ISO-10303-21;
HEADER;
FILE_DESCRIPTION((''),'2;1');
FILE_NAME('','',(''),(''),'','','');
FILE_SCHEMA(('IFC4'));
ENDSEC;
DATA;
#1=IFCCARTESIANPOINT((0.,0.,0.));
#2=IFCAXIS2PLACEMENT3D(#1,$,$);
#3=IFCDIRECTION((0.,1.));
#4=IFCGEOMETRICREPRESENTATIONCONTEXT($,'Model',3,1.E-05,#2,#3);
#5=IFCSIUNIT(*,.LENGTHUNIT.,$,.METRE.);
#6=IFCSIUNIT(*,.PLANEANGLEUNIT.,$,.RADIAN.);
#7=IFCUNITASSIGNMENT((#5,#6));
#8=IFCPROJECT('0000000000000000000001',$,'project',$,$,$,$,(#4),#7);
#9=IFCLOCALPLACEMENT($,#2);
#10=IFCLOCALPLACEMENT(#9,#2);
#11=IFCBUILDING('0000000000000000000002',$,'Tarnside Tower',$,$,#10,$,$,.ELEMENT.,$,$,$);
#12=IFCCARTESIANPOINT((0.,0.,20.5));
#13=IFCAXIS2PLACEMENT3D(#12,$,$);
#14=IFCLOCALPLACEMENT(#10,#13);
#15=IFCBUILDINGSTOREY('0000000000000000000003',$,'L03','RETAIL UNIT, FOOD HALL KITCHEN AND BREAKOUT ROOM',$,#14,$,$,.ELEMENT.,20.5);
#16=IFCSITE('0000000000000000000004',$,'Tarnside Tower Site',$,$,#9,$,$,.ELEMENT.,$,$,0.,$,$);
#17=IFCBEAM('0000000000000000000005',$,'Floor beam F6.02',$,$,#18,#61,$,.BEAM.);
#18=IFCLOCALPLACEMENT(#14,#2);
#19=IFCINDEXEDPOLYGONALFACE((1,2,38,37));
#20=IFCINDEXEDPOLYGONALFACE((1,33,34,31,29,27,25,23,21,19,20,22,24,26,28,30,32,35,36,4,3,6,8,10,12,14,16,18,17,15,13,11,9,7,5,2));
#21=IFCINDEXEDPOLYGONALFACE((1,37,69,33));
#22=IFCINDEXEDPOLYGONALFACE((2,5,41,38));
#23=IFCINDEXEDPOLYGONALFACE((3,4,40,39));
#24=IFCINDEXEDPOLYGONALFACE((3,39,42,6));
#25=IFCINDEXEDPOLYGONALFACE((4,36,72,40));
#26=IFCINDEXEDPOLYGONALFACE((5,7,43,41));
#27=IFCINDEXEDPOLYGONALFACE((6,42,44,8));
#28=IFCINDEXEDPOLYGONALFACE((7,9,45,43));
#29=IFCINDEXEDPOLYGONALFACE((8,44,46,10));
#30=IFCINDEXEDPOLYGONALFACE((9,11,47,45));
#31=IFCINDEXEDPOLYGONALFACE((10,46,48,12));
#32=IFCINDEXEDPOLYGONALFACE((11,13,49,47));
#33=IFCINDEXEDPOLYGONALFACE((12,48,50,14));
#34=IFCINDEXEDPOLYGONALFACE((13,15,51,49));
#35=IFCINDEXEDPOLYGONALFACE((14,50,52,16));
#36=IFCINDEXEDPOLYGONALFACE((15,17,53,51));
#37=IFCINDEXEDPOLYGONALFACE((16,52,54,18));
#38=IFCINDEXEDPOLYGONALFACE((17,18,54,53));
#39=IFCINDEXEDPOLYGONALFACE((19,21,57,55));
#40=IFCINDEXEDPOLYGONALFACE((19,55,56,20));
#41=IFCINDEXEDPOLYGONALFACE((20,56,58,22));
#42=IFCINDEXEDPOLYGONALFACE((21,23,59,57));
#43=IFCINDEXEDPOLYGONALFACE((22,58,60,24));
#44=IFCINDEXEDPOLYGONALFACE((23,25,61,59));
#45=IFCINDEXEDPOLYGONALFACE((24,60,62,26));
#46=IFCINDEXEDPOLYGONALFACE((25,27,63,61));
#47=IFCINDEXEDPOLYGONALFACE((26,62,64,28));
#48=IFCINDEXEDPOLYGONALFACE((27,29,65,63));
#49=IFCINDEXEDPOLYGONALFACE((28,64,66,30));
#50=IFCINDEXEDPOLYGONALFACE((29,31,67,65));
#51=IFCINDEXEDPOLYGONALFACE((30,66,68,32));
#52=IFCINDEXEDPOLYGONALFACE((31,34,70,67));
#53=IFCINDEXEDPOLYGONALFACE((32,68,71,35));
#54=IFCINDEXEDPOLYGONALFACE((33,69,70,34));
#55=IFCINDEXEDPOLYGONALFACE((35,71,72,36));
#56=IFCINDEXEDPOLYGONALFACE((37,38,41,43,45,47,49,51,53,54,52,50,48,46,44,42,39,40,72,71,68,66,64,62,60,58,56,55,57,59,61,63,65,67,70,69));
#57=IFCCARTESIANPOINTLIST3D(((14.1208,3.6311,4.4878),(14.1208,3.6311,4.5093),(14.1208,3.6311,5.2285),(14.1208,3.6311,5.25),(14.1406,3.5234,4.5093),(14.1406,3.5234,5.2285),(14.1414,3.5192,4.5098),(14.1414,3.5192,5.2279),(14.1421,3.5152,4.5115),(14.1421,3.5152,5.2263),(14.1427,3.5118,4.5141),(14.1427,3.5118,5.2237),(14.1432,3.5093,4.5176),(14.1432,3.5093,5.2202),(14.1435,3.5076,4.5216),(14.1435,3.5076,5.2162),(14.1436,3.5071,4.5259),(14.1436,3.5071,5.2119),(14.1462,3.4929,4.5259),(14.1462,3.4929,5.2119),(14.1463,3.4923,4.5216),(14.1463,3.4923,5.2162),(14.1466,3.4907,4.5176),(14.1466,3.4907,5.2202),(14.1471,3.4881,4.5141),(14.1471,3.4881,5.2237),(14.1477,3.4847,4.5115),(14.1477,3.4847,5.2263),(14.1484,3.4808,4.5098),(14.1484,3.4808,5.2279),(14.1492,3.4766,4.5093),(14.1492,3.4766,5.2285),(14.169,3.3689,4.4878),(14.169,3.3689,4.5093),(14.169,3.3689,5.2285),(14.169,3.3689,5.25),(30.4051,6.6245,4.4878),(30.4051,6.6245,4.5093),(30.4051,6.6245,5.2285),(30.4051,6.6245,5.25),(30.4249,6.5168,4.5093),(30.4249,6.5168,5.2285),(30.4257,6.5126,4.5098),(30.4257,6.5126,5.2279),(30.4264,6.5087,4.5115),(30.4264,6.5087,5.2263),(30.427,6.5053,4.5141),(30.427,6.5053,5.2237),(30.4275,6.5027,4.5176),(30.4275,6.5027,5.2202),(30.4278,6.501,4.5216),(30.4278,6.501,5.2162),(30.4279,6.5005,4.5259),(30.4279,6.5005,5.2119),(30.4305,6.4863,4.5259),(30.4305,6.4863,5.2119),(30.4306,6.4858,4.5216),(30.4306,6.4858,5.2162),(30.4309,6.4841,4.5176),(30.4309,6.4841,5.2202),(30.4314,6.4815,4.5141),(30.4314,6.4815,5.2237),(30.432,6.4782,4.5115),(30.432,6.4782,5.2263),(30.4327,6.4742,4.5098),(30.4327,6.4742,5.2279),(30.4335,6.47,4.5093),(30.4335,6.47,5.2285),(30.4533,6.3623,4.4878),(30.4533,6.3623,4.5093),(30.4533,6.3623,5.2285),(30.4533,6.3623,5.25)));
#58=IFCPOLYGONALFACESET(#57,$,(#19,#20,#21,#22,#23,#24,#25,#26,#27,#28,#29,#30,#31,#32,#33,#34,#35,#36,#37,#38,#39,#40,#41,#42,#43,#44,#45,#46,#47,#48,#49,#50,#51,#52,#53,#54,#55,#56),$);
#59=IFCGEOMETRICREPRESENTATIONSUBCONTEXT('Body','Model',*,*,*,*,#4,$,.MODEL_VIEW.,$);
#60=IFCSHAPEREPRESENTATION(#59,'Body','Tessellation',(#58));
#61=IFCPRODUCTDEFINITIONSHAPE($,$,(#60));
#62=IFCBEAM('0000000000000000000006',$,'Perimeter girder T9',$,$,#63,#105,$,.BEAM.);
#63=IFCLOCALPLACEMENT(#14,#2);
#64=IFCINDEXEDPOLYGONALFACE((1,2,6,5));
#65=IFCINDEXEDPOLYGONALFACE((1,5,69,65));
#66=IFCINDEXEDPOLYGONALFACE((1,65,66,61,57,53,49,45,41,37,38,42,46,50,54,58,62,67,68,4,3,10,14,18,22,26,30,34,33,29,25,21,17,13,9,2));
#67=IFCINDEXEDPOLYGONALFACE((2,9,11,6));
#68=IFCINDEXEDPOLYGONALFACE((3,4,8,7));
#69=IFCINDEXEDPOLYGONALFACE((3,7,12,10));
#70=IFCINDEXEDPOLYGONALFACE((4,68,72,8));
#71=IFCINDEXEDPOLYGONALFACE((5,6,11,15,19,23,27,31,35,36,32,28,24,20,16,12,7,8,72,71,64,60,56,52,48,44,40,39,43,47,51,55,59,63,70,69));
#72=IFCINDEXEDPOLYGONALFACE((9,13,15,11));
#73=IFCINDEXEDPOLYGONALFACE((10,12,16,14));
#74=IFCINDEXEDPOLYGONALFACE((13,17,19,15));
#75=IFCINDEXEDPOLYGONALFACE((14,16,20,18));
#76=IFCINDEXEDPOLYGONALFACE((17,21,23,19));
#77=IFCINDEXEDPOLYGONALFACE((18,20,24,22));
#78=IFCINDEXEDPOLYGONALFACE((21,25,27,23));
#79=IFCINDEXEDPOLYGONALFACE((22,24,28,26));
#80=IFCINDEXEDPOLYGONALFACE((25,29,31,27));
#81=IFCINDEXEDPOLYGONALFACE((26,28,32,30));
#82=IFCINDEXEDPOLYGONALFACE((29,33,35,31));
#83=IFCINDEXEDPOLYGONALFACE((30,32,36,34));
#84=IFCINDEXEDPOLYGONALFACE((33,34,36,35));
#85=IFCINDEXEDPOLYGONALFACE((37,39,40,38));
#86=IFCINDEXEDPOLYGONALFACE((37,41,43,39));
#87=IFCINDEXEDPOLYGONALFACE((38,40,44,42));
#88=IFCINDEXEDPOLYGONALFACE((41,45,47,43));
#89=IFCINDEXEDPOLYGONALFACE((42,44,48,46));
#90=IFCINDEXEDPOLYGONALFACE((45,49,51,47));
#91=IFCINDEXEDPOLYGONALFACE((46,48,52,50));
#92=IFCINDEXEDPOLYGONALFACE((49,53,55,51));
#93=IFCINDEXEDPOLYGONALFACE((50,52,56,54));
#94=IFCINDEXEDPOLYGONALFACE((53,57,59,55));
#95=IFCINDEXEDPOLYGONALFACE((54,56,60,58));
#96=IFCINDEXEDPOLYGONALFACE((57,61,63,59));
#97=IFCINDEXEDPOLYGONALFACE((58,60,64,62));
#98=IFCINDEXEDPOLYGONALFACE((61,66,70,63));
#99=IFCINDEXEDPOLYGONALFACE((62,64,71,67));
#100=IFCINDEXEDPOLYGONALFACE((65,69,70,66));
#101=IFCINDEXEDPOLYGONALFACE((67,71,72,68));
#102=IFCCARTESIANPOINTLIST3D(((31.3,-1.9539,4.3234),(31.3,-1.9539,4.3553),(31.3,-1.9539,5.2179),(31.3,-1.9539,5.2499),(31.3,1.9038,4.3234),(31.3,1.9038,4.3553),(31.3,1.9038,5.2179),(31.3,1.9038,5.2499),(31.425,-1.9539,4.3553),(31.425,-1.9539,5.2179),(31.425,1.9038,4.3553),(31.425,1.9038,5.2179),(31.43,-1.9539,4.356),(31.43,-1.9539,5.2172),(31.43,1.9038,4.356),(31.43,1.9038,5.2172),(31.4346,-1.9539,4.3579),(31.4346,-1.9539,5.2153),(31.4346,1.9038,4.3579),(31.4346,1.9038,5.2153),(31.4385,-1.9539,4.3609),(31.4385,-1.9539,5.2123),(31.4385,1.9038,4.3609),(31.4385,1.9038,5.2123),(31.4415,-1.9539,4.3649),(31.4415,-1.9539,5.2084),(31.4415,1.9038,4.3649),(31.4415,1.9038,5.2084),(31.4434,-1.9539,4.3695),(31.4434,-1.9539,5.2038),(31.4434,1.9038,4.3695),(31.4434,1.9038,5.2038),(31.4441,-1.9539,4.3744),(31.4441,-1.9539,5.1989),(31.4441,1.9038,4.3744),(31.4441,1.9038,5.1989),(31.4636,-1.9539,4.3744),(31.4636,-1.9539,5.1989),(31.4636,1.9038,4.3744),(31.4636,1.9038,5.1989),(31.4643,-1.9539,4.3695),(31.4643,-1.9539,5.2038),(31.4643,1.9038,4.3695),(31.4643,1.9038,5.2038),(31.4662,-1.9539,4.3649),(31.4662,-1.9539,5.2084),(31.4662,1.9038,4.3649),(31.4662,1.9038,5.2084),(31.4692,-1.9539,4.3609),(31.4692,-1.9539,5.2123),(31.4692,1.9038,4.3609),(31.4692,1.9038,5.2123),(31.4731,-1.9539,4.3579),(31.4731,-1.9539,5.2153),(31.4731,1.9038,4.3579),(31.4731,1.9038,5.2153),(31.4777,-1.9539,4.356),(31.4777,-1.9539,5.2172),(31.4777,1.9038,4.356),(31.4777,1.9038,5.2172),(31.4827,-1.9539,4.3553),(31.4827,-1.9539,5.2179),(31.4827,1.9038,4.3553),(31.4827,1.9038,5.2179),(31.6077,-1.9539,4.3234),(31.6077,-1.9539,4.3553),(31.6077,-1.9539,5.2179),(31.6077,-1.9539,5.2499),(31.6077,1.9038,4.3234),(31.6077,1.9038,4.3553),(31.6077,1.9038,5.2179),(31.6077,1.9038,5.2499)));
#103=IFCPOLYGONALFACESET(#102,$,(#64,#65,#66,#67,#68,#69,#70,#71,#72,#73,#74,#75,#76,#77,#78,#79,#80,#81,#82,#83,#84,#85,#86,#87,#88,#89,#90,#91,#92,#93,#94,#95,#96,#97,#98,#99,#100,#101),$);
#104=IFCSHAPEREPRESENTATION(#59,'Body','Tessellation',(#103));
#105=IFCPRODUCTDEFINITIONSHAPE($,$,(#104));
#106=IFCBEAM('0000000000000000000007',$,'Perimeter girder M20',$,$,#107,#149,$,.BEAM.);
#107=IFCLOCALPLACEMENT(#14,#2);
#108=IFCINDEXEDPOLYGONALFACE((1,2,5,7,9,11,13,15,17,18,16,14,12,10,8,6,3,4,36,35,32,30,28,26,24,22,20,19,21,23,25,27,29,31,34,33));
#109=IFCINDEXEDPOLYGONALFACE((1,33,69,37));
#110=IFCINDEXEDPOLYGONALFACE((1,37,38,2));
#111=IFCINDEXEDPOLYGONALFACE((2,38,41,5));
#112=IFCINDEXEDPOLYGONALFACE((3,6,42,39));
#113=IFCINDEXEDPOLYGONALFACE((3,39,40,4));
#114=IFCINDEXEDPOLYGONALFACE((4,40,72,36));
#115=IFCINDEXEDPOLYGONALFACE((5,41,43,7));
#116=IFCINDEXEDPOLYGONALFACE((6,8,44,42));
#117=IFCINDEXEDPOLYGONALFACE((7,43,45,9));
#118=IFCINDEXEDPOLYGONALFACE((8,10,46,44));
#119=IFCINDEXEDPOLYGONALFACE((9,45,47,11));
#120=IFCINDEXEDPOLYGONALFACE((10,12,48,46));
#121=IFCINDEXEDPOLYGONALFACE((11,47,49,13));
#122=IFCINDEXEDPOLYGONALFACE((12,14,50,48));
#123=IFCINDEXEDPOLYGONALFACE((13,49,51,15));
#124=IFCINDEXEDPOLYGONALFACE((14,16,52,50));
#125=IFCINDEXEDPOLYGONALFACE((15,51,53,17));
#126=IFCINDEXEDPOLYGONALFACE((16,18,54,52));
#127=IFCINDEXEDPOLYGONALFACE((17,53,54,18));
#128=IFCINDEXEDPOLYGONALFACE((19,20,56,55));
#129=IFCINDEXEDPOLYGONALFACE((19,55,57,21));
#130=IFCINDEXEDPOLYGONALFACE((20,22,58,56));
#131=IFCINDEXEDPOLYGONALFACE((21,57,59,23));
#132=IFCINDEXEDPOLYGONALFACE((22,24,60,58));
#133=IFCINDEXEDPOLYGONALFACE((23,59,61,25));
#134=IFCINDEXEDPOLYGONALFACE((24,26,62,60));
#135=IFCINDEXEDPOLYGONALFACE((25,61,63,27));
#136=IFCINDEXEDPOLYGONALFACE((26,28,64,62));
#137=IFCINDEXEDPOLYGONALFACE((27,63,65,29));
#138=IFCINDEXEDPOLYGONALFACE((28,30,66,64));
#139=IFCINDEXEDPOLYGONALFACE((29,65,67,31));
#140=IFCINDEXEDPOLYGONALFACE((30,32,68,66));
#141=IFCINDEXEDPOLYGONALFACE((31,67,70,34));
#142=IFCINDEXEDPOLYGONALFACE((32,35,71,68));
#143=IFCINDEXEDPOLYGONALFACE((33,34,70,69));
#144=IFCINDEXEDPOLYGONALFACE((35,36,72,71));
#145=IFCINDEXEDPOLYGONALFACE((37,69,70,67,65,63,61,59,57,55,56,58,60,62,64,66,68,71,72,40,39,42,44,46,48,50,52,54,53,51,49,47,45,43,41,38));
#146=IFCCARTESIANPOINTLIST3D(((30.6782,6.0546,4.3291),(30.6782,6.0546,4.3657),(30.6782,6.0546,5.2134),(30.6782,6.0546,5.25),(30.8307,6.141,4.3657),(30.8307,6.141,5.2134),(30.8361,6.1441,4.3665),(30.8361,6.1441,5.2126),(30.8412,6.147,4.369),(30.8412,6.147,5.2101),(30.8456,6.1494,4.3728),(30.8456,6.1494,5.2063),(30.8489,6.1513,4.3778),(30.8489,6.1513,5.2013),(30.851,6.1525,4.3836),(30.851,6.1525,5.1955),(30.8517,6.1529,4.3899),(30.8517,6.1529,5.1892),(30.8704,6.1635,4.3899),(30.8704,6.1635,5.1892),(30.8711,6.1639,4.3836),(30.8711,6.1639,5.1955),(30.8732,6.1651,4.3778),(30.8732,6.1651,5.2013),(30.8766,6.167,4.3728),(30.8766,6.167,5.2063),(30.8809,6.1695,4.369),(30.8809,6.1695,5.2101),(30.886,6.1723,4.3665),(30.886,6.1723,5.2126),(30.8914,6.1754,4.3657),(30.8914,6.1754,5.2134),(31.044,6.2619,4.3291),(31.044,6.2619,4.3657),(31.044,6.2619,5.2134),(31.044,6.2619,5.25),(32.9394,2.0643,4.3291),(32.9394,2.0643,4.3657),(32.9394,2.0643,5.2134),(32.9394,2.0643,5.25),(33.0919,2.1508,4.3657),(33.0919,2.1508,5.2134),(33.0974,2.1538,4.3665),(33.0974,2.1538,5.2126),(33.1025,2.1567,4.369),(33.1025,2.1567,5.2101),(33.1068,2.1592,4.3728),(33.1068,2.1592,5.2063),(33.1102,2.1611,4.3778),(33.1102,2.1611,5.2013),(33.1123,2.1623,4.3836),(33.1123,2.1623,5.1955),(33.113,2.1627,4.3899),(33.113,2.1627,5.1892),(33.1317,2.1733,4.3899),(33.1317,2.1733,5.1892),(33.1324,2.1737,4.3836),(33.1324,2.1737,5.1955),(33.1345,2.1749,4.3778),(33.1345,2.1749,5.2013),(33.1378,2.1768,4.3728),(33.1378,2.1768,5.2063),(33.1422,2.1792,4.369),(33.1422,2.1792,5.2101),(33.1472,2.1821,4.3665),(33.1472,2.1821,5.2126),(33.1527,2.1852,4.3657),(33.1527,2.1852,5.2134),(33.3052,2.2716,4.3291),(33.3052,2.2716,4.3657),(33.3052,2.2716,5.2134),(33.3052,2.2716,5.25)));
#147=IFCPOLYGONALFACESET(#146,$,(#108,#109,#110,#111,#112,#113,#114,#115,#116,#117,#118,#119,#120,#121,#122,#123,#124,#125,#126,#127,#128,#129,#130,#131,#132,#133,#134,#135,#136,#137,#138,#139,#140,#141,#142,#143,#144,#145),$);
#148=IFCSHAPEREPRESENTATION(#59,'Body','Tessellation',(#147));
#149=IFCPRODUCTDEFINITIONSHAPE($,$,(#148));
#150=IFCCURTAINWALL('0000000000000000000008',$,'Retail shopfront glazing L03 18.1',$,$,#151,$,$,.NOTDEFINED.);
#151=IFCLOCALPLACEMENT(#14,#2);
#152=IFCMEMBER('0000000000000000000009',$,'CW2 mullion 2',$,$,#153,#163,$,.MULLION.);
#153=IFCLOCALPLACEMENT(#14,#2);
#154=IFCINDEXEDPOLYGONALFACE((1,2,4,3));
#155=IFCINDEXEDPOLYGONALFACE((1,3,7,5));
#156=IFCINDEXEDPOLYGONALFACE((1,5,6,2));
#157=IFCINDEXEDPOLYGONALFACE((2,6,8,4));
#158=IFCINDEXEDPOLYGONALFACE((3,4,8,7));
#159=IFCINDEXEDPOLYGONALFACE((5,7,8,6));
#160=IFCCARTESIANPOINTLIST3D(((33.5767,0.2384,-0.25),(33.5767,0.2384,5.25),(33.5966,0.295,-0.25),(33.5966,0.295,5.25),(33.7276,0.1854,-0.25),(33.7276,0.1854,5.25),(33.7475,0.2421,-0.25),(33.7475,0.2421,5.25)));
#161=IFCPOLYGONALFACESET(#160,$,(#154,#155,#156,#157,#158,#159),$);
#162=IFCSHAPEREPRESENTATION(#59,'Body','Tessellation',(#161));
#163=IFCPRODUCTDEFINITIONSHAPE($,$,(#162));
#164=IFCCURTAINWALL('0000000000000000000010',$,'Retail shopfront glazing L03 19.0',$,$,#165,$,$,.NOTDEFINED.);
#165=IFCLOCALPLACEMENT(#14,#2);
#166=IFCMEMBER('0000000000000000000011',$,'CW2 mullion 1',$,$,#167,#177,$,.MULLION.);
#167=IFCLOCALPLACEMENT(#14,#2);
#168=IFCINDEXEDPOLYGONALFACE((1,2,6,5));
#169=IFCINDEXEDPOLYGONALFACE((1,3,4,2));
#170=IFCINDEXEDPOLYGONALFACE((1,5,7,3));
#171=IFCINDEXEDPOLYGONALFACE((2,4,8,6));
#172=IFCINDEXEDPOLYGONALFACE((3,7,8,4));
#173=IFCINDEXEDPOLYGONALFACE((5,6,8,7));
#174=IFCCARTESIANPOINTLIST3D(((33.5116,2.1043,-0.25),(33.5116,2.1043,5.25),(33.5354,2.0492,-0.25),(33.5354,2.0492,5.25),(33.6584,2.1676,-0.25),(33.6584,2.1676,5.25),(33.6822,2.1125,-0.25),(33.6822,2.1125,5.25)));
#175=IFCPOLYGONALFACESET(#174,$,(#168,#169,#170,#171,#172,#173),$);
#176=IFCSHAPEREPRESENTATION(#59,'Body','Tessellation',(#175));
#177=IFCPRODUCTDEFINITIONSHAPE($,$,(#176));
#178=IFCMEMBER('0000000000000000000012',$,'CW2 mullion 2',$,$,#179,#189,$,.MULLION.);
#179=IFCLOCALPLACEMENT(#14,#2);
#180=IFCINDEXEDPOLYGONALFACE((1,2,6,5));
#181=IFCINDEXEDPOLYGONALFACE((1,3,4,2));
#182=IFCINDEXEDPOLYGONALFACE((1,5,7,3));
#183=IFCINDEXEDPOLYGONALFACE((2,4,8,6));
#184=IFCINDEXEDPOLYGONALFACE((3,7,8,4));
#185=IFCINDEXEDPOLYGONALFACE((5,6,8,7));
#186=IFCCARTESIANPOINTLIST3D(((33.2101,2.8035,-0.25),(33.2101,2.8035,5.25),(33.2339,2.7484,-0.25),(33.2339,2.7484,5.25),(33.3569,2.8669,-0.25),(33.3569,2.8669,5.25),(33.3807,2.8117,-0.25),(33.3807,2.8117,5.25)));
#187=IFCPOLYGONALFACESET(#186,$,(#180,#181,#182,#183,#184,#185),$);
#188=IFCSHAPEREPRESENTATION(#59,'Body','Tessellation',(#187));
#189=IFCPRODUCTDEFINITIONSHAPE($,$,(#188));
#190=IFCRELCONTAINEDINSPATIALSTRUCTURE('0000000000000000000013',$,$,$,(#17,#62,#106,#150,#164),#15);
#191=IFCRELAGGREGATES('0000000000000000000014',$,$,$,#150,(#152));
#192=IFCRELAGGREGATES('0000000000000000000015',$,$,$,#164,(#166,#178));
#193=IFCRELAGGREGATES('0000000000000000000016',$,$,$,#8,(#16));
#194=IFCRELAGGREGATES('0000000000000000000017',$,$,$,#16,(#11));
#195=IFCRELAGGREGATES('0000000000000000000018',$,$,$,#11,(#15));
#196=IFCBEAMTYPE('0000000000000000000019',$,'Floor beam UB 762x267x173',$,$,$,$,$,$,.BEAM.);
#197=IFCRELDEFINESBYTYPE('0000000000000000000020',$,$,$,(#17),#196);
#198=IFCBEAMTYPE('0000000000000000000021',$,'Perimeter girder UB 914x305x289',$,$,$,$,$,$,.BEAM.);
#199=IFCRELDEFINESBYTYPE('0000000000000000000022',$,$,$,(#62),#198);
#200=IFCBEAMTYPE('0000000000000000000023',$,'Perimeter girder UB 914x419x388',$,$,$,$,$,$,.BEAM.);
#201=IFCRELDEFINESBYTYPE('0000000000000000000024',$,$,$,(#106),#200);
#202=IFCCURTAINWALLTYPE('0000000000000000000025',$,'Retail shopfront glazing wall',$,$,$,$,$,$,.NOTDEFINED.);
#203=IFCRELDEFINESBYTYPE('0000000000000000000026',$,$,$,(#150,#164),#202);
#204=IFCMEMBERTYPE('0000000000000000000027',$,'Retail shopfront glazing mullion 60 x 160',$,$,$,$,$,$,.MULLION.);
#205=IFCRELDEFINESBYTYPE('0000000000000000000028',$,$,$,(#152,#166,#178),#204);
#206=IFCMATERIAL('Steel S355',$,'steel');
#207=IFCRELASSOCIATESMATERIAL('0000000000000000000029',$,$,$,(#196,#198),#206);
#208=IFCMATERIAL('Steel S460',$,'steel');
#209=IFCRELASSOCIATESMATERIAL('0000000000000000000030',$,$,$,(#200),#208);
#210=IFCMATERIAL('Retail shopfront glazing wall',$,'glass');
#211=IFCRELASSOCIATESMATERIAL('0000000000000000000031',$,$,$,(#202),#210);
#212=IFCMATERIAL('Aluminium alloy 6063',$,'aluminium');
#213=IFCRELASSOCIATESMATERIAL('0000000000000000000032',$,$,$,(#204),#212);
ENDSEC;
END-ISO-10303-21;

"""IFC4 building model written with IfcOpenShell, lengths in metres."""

from ifc_helpers import new_model, si_unit, direction, frame, origin, origin_2d, place, context, subcontext, project, spatial, rectangle, i_section, extrude, material, material_profile, profile_set, type_object, element, aggregate, save


model = new_model("IFC4")

# Units and contexts
model_context = context("Model", 3, precision=1e-05, world=origin(), true_north=direction((0.0, 1.0)))
body_context = subcontext(model_context, "Body", "Model", "MODEL_VIEW")
ifc_project = project(units=[si_unit("LENGTHUNIT", "METRE"), si_unit("PLANEANGLEUNIT", "RADIAN")], contexts=[model_context])

# Site, building, storey
site_placement = place(None, origin())
site = spatial("IfcSite", under=ifc_project, at=site_placement, Name="Tarnside Tower Site", CompositionType="ELEMENT", RefElevation=0.0)
building_placement = place(site_placement, origin())
building = spatial("IfcBuilding", under=site, at=building_placement, Name="Tarnside Tower", CompositionType="ELEMENT")
storey_placement = place(building_placement, frame((0.0, 0.0, 20.5)))
storey = spatial("IfcBuildingStorey", under=building, at=storey_placement, Name="L03", Description="RETAIL UNIT, FOOD HALL KITCHEN AND BREAKOUT ROOM", CompositionType="ELEMENT", Elevation=20.5)

# Shared definitions
ifc_material_1 = material(Name="Steel S460", Category="steel")

# Beams
ifc_material_2 = material(Name="Steel S355", Category="steel")
ifc_material_profile_1 = material_profile(ifc_material_2, i_section(OverallWidth=0.2666, OverallDepth=0.7622, WebThickness=0.0144, FlangeThickness=0.0215, FilletRadius=0.0166, at=origin_2d()), Name="UB 762x267x173")
ifc_profile_set_1 = profile_set([ifc_material_profile_1], Name="Steel S355")
beam_type_1 = type_object("IfcBeamType", Name="Floor beam UB 762x267x173", PredefinedType="BEAM", material=ifc_profile_set_1)
beam_1_placement = place(storey_placement, frame((30.4292, 6.4934, 4.8689), z_axis=(-0.983521, -0.180794, 0.0), x_axis=(0.180794, -0.983521, 0.0)))
element("IfcBeam", 1, at=beam_1_placement, inside=storey, type_object=beam_type_1, Name="Floor beam F6.02", PredefinedType="BEAM", context=body_context, shape_type="SweptSolid", body=[
    extrude(i_section(OverallWidth=0.2666, OverallDepth=0.7622, WebThickness=0.0144, FlangeThickness=0.0215, FilletRadius=0.0166, at=origin_2d()), origin(), (0.0, 0.0, 1.0), 16.5571),
])
ifc_material_profile_2 = material_profile(ifc_material_2, i_section(OverallWidth=0.3076, OverallDepth=0.9265, WebThickness=0.0195, FlangeThickness=0.032, FilletRadius=0.019, at=origin_2d()), Name="UB 914x305x289")
ifc_profile_set_2 = profile_set([ifc_material_profile_2], Name="Steel S355")
beam_type_2 = type_object("IfcBeamType", Name="Perimeter girder UB 914x305x289", PredefinedType="BEAM", material=ifc_profile_set_2)
beam_2_placement = place(storey_placement, frame((31.4539, 1.9038, 4.7866), z_axis=(0.0, -1.0, 0.0), x_axis=(1.0, 0.0, 0.0)))
element("IfcBeam", 2, at=beam_2_placement, inside=storey, type_object=beam_type_2, Name="Perimeter girder T9", PredefinedType="BEAM", context=body_context, shape_type="SweptSolid", body=[
    extrude(i_section(OverallWidth=0.3076, OverallDepth=0.9265, WebThickness=0.0195, FlangeThickness=0.032, FilletRadius=0.019, at=origin_2d()), origin(), (0.0, 0.0, 1.0), 3.8577),
])
ifc_material_profile_3 = material_profile(ifc_material_1, i_section(OverallWidth=0.4204, OverallDepth=0.9209, WebThickness=0.0215, FlangeThickness=0.0366, FilletRadius=0.0242, at=origin_2d()), Name="UB 914x419x388")
ifc_profile_set_3 = profile_set([ifc_material_profile_3], Name="Steel S460")
beam_type_3 = type_object("IfcBeamType", Name="Perimeter girder UB 914x419x388", PredefinedType="BEAM", material=ifc_profile_set_3)
beam_3_placement = place(storey_placement, frame((33.1223, 2.168, 4.7896), z_axis=(-0.493029, 0.870013, 0.0), x_axis=(-0.870013, -0.493029, 0.0)))
element("IfcBeam", 3, at=beam_3_placement, inside=storey, type_object=beam_type_3, Name="Perimeter girder M20", PredefinedType="BEAM", context=body_context, shape_type="SweptSolid", body=[
    extrude(i_section(OverallWidth=0.4204, OverallDepth=0.9209, WebThickness=0.0215, FlangeThickness=0.0366, FilletRadius=0.0242, at=origin_2d()), origin(), (0.0, 0.0, 1.0), 4.5864),
])

# Curtain wall, member
ifc_material_3 = material(Name="Retail shopfront glazing wall", Category="glass")
curtain_wall_type = type_object("IfcCurtainWallType", Name="Retail shopfront glazing wall", PredefinedType="NOTDEFINED", material=ifc_material_3)
curtain_wall_1_placement = place(storey_placement, origin())
curtain_wall_1 = element("IfcCurtainWall", 4, at=curtain_wall_1_placement, inside=storey, type_object=curtain_wall_type, Name="Retail shopfront glazing L03 18.1", PredefinedType="NOTDEFINED")
ifc_material_4 = material(Name="Aluminium alloy 6063", Category="aluminium")
ifc_material_profile_4 = material_profile(ifc_material_4, rectangle(XDim=0.1599, YDim=0.0601, at=origin_2d()), Name="Retail shopfront glazing mullion 60 x 160")
ifc_profile_set_4 = profile_set([ifc_material_profile_4], Name="Aluminium alloy 6063")
member_type_1 = type_object("IfcMemberType", Name="Retail shopfront glazing mullion 60 x 160", PredefinedType="MULLION", material=ifc_profile_set_4)
member_1_placement = place(storey_placement, frame((33.6621, 0.2402, -0.25), z_axis=(0.0, 0.0, 1.0), x_axis=(-0.943609, 0.331063, 0.0)))
member_1 = element("IfcMember", 5, at=member_1_placement, type_object=member_type_1, Name="CW2 mullion 2", PredefinedType="MULLION", context=body_context, shape_type="SweptSolid", body=[
    extrude(rectangle(XDim=0.1599, YDim=0.0601, at=origin_2d()), origin(), (0.0, 0.0, 1.0), 5.5),
])
aggregate(curtain_wall_1, [member_1])

# Curtain wall, members
curtain_wall_2_placement = place(storey_placement, origin())
curtain_wall_2 = element("IfcCurtainWall", 6, at=curtain_wall_2_placement, inside=storey, type_object=curtain_wall_type, Name="Retail shopfront glazing L03 19.0", PredefinedType="NOTDEFINED")
member_2_placement = place(storey_placement, frame((33.5969, 2.1084, -0.25), z_axis=(0.0, 0.0, 1.0), x_axis=(-0.918216, -0.39608, 0.0)))
member_2 = element("IfcMember", 7, at=member_2_placement, type_object=member_type_1, Name="CW2 mullion 1", PredefinedType="MULLION", context=body_context, shape_type="SweptSolid", body=[
    extrude(rectangle(XDim=0.1599, YDim=0.0601, at=origin_2d()), origin(), (0.0, 0.0, 1.0), 5.5),
])
member_3_placement = place(storey_placement, frame((33.2954, 2.8076, -0.25), z_axis=(0.0, 0.0, 1.0), x_axis=(-0.918216, -0.39608, 0.0)))
member_3 = element("IfcMember", 8, at=member_3_placement, type_object=member_type_1, Name="CW2 mullion 2", PredefinedType="MULLION", context=body_context, shape_type="SweptSolid", body=[
    extrude(rectangle(XDim=0.1599, YDim=0.0601, at=origin_2d()), origin(), (0.0, 0.0, 1.0), 5.5),
])

aggregate(curtain_wall_2, [member_2, member_3])

save(model, "model.ifc")
